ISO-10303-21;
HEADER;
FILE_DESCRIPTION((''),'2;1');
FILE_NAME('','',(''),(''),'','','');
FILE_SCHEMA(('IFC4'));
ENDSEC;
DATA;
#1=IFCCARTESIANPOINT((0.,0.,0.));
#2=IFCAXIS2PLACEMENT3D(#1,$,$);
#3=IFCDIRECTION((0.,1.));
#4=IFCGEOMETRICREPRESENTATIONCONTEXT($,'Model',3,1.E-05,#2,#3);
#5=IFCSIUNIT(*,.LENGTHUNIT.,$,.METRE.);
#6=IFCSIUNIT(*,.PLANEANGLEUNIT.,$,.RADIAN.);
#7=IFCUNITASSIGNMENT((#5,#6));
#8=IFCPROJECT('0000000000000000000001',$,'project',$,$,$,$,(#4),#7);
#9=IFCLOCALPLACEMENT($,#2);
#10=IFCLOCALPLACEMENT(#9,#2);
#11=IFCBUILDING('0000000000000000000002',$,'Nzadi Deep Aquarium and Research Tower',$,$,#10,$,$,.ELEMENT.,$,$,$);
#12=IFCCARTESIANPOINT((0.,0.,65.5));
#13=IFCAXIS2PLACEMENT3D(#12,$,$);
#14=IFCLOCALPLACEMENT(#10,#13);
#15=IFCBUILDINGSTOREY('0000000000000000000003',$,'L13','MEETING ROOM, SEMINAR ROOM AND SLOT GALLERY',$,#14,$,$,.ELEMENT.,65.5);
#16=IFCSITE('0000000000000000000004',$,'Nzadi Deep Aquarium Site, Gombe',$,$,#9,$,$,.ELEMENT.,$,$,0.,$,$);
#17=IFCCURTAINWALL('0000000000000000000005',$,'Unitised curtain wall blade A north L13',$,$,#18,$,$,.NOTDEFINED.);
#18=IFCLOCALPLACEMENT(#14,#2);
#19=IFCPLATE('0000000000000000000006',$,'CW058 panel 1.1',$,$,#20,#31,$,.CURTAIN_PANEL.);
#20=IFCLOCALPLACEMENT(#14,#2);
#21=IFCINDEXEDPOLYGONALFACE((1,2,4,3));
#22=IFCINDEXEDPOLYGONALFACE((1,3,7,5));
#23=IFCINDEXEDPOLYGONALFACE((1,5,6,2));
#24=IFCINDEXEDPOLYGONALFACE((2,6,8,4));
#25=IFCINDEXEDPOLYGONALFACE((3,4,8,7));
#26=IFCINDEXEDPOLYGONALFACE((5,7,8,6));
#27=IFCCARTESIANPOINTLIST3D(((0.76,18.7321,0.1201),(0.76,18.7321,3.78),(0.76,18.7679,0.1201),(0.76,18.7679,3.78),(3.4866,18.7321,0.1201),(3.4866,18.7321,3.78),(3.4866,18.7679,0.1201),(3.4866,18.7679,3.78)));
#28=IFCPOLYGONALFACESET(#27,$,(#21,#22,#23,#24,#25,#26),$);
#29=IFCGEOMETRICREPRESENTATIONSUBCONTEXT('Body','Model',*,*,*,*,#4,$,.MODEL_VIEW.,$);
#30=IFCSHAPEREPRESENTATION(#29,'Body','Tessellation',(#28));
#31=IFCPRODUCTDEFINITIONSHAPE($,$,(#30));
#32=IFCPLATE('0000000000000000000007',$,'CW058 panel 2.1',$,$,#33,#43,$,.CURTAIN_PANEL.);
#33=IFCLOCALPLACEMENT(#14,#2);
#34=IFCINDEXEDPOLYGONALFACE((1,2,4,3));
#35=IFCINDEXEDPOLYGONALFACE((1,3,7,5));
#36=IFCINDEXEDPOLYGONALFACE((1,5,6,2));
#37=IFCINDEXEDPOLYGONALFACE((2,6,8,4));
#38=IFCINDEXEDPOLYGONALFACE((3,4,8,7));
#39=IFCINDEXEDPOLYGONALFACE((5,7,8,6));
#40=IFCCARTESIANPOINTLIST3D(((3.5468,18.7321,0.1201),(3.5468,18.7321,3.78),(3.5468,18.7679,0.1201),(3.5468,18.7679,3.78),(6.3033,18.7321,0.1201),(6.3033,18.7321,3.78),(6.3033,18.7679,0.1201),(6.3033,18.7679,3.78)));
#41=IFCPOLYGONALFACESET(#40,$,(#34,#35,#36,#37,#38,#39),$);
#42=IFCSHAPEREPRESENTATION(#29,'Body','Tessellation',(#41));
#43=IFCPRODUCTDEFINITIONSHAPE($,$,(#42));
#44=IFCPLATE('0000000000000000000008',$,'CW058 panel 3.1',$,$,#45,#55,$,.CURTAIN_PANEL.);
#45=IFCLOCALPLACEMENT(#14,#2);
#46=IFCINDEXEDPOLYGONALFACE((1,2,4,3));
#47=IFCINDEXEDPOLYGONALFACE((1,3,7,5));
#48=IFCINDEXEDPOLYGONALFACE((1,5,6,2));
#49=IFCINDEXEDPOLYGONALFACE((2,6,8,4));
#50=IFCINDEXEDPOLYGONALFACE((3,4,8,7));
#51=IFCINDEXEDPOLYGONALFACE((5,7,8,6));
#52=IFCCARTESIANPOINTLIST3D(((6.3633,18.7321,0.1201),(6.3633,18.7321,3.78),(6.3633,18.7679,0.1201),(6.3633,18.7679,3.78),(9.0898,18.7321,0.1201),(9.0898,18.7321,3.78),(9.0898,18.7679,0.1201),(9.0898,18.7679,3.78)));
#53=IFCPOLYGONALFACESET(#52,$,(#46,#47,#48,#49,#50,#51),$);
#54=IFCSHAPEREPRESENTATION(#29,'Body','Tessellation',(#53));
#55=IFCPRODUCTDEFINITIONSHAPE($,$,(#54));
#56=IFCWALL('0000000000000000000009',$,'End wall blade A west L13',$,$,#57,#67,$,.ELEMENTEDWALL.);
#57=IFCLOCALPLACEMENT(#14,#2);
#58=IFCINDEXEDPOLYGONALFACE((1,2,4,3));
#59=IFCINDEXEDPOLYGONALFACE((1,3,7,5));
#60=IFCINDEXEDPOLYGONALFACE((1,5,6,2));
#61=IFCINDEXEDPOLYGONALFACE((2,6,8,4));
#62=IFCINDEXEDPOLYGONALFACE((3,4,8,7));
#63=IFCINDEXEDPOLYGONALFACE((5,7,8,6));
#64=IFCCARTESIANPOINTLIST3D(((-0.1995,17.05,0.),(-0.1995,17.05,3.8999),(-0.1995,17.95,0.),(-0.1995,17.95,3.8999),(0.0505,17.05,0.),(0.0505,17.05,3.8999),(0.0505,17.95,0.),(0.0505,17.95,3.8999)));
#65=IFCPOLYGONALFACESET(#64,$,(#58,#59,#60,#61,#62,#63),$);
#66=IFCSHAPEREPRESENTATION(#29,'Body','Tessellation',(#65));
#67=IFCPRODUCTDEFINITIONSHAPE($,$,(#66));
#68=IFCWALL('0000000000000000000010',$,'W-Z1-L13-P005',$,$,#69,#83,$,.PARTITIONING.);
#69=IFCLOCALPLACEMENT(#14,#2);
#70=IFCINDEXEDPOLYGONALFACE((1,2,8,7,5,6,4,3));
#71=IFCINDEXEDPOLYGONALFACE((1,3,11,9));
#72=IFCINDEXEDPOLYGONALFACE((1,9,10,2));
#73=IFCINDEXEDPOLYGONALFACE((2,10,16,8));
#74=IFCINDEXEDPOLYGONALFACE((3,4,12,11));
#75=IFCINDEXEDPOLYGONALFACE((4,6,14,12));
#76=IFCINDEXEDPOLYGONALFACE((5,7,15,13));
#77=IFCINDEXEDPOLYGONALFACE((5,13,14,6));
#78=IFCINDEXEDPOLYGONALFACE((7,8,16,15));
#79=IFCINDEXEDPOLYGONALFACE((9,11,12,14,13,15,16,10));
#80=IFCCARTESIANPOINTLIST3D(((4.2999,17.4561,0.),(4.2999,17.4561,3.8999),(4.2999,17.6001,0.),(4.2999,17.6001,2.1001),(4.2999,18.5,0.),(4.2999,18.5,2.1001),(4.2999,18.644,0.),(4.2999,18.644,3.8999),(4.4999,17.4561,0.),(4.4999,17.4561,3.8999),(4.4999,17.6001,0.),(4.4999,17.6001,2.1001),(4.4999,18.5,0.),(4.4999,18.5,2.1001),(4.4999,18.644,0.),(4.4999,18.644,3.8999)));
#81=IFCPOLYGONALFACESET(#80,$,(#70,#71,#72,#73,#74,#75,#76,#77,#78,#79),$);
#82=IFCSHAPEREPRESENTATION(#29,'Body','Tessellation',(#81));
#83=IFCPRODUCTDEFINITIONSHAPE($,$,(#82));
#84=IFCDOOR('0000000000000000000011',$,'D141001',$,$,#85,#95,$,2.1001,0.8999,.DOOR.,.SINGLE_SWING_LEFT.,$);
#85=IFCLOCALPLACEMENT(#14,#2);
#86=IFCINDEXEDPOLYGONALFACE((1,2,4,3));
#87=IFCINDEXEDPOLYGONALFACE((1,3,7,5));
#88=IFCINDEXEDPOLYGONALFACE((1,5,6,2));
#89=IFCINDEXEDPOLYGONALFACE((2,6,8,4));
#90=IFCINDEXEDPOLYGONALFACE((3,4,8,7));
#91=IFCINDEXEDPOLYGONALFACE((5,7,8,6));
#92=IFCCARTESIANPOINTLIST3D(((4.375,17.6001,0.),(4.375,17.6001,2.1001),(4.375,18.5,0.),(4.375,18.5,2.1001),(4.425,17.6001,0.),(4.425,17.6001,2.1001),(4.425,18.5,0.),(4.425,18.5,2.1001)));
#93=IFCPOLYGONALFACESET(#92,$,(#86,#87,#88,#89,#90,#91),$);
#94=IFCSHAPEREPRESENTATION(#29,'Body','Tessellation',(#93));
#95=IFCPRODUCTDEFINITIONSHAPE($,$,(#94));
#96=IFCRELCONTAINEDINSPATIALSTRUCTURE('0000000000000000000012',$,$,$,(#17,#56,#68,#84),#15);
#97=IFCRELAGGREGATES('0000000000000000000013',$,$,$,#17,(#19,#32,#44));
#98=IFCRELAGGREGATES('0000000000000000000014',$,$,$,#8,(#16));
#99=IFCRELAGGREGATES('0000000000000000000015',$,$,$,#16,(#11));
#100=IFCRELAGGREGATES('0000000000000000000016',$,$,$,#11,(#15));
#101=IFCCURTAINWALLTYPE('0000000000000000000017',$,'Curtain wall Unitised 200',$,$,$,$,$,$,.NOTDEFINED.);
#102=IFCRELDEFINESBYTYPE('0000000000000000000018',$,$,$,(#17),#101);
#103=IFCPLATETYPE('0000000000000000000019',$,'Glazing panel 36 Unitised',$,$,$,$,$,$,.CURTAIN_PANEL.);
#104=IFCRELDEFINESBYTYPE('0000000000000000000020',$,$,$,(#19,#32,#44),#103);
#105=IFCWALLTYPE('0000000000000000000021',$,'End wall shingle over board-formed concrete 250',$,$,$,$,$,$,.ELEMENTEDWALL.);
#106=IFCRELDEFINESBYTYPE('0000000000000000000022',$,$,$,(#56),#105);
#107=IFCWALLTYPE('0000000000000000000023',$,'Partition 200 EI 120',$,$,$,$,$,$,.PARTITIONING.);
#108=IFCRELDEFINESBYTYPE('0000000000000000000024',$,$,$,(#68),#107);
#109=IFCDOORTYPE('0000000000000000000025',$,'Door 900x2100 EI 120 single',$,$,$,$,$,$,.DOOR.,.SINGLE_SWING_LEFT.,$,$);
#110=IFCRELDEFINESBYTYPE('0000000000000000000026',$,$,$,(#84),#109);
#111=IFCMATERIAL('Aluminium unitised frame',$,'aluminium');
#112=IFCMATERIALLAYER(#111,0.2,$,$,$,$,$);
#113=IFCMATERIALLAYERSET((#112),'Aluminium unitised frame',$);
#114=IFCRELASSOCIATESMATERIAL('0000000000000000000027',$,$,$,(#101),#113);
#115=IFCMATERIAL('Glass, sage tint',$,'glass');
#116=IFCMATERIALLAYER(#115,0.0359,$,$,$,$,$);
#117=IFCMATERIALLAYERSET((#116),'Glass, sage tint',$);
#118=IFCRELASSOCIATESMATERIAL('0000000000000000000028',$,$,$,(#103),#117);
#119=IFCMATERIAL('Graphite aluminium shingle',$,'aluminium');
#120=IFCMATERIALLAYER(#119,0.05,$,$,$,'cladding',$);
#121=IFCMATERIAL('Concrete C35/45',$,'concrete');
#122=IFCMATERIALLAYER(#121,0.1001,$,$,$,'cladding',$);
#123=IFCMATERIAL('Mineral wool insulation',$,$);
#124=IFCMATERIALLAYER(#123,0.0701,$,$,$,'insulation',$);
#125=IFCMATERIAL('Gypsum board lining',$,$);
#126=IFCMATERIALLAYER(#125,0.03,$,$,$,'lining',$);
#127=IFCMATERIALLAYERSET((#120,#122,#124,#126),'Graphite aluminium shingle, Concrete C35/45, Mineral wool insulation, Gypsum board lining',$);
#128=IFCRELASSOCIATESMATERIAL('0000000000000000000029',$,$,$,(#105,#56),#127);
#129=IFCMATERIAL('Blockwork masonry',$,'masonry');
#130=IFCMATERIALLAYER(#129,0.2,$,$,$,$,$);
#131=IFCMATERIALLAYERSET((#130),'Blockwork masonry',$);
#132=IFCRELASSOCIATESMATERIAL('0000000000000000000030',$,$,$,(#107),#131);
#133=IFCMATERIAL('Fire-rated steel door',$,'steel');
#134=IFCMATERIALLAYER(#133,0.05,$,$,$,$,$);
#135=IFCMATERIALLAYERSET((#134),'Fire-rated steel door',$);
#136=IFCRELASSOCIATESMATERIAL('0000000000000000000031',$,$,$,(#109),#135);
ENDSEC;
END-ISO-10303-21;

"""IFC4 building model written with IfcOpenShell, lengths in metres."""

from ifc_helpers import new_model, si_unit, direction, frame, frame_2d, origin, origin_2d, place, context, subcontext, project, spatial, rectangle, extrude, material, layer, layer_set, layer_usage, type_object, element, fill, aggregate, save


model = new_model("IFC4")

# Units and contexts
model_context = context("Model", 3, precision=1e-05, world=origin(), true_north=direction((0.0, 1.0)))
body_context = subcontext(model_context, "Body", "Model", "MODEL_VIEW")
ifc_project = project(units=[si_unit("LENGTHUNIT", "METRE"), si_unit("PLANEANGLEUNIT", "RADIAN")], contexts=[model_context])

# Site, building, storey
site_placement = place(None, origin())
site = spatial("IfcSite", under=ifc_project, at=site_placement, Name="Nzadi Deep Aquarium Site, Gombe", CompositionType="ELEMENT", RefElevation=0.0)
building_placement = place(site_placement, origin())
building = spatial("IfcBuilding", under=site, at=building_placement, Name="Nzadi Deep Aquarium and Research Tower", CompositionType="ELEMENT")
storey_placement = place(building_placement, frame((0.0, 0.0, 65.5)))
storey = spatial("IfcBuildingStorey", under=building, at=storey_placement, Name="L13", Description="MEETING ROOM, SEMINAR ROOM AND SLOT GALLERY", CompositionType="ELEMENT", Elevation=65.5)

# Curtain wall
ifc_material_1 = material(Name="Aluminium unitised frame", Category="aluminium")
ifc_layer_1 = layer(ifc_material_1, 0.2)
ifc_layer_set_1 = layer_set([ifc_layer_1], Name="Aluminium unitised frame")
curtain_wall_type = type_object("IfcCurtainWallType", Name="Curtain wall Unitised 200", PredefinedType="NOTDEFINED", material=ifc_layer_set_1)
curtain_wall_placement = place(storey_placement, origin())
curtain_wall = element("IfcCurtainWall", 1, at=curtain_wall_placement, inside=storey, type_object=curtain_wall_type, Name="Unitised curtain wall blade A north L13", PredefinedType="NOTDEFINED")

# Plates
ifc_material_2 = material(Name="Glass, sage tint", Category="glass")
ifc_layer_2 = layer(ifc_material_2, 0.0359)
ifc_layer_set_2 = layer_set([ifc_layer_2], Name="Glass, sage tint")
plate_type = type_object("IfcPlateType", Name="Glazing panel 36 Unitised", PredefinedType="CURTAIN_PANEL", material=ifc_layer_set_2)
plate_1_placement = place(storey_placement, frame((2.1233, 18.75, 0.1201), z_axis=(0.0, 0.0, 1.0), x_axis=(1.0, 0.0, 0.0)))
plate_1 = element("IfcPlate", 2, at=plate_1_placement, type_object=plate_type, Name="CW058 panel 1.1", PredefinedType="CURTAIN_PANEL", context=body_context, shape_type="SweptSolid", body=[
    extrude(rectangle(XDim=2.7266, YDim=0.0359, at=origin_2d()), origin(), (0.0, 0.0, 1.0), 3.6599),
])
plate_2_placement = place(storey_placement, frame((4.925, 18.75, 0.1201), z_axis=(0.0, 0.0, 1.0), x_axis=(1.0, 0.0, 0.0)))
plate_2 = element("IfcPlate", 3, at=plate_2_placement, type_object=plate_type, Name="CW058 panel 2.1", PredefinedType="CURTAIN_PANEL", context=body_context, shape_type="SweptSolid", body=[
    extrude(rectangle(XDim=2.7566, YDim=0.0359, at=origin_2d()), origin(), (0.0, 0.0, 1.0), 3.6599),
])
plate_3_placement = place(storey_placement, frame((7.7266, 18.75, 0.1201), z_axis=(0.0, 0.0, 1.0), x_axis=(1.0, 0.0, 0.0)))
plate_3 = element("IfcPlate", 4, at=plate_3_placement, type_object=plate_type, Name="CW058 panel 3.1", PredefinedType="CURTAIN_PANEL", context=body_context, shape_type="SweptSolid", body=[
    extrude(rectangle(XDim=2.7266, YDim=0.0359, at=origin_2d()), origin(), (0.0, 0.0, 1.0), 3.6599),
])
aggregate(curtain_wall, [plate_1, plate_2, plate_3])

# Wall
ifc_material_3 = material(Name="Graphite aluminium shingle", Category="aluminium")
ifc_layer_3 = layer(ifc_material_3, 0.05, Category="cladding")
ifc_material_4 = material(Name="Concrete C35/45", Category="concrete")
ifc_layer_4 = layer(ifc_material_4, 0.1001, Category="cladding")
ifc_material_5 = material(Name="Mineral wool insulation")
ifc_layer_5 = layer(ifc_material_5, 0.0701, Category="insulation")
ifc_material_6 = material(Name="Gypsum board lining")
ifc_layer_6 = layer(ifc_material_6, 0.03, Category="lining")
ifc_layer_set_3 = layer_set([ifc_layer_3, ifc_layer_4, ifc_layer_5, ifc_layer_6], Name="Graphite aluminium shingle, Concrete C35/45, Mineral wool insulation, Gypsum board lining")
ifc_layer_usage = layer_usage(ifc_layer_set_3, "AXIS2", "POSITIVE", -0.125)
wall_type_1 = type_object("IfcWallType", Name="End wall shingle over board-formed concrete 250", PredefinedType="ELEMENTEDWALL", material=ifc_layer_set_3)
wall_1_placement = place(storey_placement, frame((-0.0745, 17.95, 0.0), z_axis=(0.0, 0.0, 1.0), x_axis=(0.0, -1.0, 0.0)))
element("IfcWall", 5, at=wall_1_placement, inside=storey, type_object=wall_type_1, material=ifc_layer_usage, Name="End wall blade A west L13", PredefinedType="ELEMENTEDWALL", context=body_context, shape_type="SweptSolid", body=[
    extrude(rectangle(XDim=0.8999, YDim=0.25, at=frame_2d((0.45, 0.0))), origin(), (0.0, 0.0, 1.0), 3.8999),
])

# Wall, opening, door
ifc_material_7 = material(Name="Blockwork masonry", Category="masonry")
ifc_layer_7 = layer(ifc_material_7, 0.2)
ifc_layer_set_4 = layer_set([ifc_layer_7], Name="Blockwork masonry")
wall_type_2 = type_object("IfcWallType", Name="Partition 200 EI 120", PredefinedType="PARTITIONING", material=ifc_layer_set_4)
wall_2_placement = place(storey_placement, frame((4.3999, 17.4561, 0.0), z_axis=(0.0, 0.0, 1.0), x_axis=(0.0, 1.0, 0.0)))
wall_2 = element("IfcWall", 6, at=wall_2_placement, inside=storey, type_object=wall_type_2, Name="W-Z1-L13-P005", PredefinedType="PARTITIONING", context=body_context, shape_type="SweptSolid", body=[
    extrude(rectangle(XDim=1.188, YDim=0.2, at=frame_2d((0.594, 0.0))), origin(), (0.0, 0.0, 1.0), 3.8999),
])
opening_placement = place(wall_2_placement, frame((0.144, 0.0, 0.0)))
opening = element("IfcOpeningElement", 7, at=opening_placement, cuts=wall_2, PredefinedType="OPENING", context=body_context, shape_type="SweptSolid", body=[
    extrude(rectangle(XDim=0.8999, YDim=2.1001, at=frame_2d((0.45, 1.05))), frame((0.0, 0.1101, 0.0), z_axis=(0.0, -1.0, 0.0), x_axis=(1.0, 0.0, 0.0)), (0.0, 0.0, 1.0), 0.2202),
])
ifc_material_8 = material(Name="Fire-rated steel door", Category="steel")
ifc_layer_8 = layer(ifc_material_8, 0.05)
ifc_layer_set_5 = layer_set([ifc_layer_8], Name="Fire-rated steel door")
door_type = type_object("IfcDoorType", Name="Door 900x2100 EI 120 single", OperationType="SINGLE_SWING_LEFT", PredefinedType="DOOR", material=ifc_layer_set_5)
door_placement = place(opening_placement, origin())
door = element("IfcDoor", 8, at=door_placement, inside=storey, type_object=door_type, Name="D141001", OperationType="SINGLE_SWING_LEFT", OverallHeight=2.1001, OverallWidth=0.8999, PredefinedType="DOOR", context=body_context, shape_type="SweptSolid", body=[
    extrude(rectangle(XDim=0.8999, YDim=2.1001, at=frame_2d((0.45, 1.05))), frame((0.0, 0.0249, 0.0), z_axis=(0.0, -1.0, 0.0), x_axis=(1.0, 0.0, 0.0)), (0.0, 0.0, 1.0), 0.05),
])
fill(opening, door)

save(model, "model.ifc")
